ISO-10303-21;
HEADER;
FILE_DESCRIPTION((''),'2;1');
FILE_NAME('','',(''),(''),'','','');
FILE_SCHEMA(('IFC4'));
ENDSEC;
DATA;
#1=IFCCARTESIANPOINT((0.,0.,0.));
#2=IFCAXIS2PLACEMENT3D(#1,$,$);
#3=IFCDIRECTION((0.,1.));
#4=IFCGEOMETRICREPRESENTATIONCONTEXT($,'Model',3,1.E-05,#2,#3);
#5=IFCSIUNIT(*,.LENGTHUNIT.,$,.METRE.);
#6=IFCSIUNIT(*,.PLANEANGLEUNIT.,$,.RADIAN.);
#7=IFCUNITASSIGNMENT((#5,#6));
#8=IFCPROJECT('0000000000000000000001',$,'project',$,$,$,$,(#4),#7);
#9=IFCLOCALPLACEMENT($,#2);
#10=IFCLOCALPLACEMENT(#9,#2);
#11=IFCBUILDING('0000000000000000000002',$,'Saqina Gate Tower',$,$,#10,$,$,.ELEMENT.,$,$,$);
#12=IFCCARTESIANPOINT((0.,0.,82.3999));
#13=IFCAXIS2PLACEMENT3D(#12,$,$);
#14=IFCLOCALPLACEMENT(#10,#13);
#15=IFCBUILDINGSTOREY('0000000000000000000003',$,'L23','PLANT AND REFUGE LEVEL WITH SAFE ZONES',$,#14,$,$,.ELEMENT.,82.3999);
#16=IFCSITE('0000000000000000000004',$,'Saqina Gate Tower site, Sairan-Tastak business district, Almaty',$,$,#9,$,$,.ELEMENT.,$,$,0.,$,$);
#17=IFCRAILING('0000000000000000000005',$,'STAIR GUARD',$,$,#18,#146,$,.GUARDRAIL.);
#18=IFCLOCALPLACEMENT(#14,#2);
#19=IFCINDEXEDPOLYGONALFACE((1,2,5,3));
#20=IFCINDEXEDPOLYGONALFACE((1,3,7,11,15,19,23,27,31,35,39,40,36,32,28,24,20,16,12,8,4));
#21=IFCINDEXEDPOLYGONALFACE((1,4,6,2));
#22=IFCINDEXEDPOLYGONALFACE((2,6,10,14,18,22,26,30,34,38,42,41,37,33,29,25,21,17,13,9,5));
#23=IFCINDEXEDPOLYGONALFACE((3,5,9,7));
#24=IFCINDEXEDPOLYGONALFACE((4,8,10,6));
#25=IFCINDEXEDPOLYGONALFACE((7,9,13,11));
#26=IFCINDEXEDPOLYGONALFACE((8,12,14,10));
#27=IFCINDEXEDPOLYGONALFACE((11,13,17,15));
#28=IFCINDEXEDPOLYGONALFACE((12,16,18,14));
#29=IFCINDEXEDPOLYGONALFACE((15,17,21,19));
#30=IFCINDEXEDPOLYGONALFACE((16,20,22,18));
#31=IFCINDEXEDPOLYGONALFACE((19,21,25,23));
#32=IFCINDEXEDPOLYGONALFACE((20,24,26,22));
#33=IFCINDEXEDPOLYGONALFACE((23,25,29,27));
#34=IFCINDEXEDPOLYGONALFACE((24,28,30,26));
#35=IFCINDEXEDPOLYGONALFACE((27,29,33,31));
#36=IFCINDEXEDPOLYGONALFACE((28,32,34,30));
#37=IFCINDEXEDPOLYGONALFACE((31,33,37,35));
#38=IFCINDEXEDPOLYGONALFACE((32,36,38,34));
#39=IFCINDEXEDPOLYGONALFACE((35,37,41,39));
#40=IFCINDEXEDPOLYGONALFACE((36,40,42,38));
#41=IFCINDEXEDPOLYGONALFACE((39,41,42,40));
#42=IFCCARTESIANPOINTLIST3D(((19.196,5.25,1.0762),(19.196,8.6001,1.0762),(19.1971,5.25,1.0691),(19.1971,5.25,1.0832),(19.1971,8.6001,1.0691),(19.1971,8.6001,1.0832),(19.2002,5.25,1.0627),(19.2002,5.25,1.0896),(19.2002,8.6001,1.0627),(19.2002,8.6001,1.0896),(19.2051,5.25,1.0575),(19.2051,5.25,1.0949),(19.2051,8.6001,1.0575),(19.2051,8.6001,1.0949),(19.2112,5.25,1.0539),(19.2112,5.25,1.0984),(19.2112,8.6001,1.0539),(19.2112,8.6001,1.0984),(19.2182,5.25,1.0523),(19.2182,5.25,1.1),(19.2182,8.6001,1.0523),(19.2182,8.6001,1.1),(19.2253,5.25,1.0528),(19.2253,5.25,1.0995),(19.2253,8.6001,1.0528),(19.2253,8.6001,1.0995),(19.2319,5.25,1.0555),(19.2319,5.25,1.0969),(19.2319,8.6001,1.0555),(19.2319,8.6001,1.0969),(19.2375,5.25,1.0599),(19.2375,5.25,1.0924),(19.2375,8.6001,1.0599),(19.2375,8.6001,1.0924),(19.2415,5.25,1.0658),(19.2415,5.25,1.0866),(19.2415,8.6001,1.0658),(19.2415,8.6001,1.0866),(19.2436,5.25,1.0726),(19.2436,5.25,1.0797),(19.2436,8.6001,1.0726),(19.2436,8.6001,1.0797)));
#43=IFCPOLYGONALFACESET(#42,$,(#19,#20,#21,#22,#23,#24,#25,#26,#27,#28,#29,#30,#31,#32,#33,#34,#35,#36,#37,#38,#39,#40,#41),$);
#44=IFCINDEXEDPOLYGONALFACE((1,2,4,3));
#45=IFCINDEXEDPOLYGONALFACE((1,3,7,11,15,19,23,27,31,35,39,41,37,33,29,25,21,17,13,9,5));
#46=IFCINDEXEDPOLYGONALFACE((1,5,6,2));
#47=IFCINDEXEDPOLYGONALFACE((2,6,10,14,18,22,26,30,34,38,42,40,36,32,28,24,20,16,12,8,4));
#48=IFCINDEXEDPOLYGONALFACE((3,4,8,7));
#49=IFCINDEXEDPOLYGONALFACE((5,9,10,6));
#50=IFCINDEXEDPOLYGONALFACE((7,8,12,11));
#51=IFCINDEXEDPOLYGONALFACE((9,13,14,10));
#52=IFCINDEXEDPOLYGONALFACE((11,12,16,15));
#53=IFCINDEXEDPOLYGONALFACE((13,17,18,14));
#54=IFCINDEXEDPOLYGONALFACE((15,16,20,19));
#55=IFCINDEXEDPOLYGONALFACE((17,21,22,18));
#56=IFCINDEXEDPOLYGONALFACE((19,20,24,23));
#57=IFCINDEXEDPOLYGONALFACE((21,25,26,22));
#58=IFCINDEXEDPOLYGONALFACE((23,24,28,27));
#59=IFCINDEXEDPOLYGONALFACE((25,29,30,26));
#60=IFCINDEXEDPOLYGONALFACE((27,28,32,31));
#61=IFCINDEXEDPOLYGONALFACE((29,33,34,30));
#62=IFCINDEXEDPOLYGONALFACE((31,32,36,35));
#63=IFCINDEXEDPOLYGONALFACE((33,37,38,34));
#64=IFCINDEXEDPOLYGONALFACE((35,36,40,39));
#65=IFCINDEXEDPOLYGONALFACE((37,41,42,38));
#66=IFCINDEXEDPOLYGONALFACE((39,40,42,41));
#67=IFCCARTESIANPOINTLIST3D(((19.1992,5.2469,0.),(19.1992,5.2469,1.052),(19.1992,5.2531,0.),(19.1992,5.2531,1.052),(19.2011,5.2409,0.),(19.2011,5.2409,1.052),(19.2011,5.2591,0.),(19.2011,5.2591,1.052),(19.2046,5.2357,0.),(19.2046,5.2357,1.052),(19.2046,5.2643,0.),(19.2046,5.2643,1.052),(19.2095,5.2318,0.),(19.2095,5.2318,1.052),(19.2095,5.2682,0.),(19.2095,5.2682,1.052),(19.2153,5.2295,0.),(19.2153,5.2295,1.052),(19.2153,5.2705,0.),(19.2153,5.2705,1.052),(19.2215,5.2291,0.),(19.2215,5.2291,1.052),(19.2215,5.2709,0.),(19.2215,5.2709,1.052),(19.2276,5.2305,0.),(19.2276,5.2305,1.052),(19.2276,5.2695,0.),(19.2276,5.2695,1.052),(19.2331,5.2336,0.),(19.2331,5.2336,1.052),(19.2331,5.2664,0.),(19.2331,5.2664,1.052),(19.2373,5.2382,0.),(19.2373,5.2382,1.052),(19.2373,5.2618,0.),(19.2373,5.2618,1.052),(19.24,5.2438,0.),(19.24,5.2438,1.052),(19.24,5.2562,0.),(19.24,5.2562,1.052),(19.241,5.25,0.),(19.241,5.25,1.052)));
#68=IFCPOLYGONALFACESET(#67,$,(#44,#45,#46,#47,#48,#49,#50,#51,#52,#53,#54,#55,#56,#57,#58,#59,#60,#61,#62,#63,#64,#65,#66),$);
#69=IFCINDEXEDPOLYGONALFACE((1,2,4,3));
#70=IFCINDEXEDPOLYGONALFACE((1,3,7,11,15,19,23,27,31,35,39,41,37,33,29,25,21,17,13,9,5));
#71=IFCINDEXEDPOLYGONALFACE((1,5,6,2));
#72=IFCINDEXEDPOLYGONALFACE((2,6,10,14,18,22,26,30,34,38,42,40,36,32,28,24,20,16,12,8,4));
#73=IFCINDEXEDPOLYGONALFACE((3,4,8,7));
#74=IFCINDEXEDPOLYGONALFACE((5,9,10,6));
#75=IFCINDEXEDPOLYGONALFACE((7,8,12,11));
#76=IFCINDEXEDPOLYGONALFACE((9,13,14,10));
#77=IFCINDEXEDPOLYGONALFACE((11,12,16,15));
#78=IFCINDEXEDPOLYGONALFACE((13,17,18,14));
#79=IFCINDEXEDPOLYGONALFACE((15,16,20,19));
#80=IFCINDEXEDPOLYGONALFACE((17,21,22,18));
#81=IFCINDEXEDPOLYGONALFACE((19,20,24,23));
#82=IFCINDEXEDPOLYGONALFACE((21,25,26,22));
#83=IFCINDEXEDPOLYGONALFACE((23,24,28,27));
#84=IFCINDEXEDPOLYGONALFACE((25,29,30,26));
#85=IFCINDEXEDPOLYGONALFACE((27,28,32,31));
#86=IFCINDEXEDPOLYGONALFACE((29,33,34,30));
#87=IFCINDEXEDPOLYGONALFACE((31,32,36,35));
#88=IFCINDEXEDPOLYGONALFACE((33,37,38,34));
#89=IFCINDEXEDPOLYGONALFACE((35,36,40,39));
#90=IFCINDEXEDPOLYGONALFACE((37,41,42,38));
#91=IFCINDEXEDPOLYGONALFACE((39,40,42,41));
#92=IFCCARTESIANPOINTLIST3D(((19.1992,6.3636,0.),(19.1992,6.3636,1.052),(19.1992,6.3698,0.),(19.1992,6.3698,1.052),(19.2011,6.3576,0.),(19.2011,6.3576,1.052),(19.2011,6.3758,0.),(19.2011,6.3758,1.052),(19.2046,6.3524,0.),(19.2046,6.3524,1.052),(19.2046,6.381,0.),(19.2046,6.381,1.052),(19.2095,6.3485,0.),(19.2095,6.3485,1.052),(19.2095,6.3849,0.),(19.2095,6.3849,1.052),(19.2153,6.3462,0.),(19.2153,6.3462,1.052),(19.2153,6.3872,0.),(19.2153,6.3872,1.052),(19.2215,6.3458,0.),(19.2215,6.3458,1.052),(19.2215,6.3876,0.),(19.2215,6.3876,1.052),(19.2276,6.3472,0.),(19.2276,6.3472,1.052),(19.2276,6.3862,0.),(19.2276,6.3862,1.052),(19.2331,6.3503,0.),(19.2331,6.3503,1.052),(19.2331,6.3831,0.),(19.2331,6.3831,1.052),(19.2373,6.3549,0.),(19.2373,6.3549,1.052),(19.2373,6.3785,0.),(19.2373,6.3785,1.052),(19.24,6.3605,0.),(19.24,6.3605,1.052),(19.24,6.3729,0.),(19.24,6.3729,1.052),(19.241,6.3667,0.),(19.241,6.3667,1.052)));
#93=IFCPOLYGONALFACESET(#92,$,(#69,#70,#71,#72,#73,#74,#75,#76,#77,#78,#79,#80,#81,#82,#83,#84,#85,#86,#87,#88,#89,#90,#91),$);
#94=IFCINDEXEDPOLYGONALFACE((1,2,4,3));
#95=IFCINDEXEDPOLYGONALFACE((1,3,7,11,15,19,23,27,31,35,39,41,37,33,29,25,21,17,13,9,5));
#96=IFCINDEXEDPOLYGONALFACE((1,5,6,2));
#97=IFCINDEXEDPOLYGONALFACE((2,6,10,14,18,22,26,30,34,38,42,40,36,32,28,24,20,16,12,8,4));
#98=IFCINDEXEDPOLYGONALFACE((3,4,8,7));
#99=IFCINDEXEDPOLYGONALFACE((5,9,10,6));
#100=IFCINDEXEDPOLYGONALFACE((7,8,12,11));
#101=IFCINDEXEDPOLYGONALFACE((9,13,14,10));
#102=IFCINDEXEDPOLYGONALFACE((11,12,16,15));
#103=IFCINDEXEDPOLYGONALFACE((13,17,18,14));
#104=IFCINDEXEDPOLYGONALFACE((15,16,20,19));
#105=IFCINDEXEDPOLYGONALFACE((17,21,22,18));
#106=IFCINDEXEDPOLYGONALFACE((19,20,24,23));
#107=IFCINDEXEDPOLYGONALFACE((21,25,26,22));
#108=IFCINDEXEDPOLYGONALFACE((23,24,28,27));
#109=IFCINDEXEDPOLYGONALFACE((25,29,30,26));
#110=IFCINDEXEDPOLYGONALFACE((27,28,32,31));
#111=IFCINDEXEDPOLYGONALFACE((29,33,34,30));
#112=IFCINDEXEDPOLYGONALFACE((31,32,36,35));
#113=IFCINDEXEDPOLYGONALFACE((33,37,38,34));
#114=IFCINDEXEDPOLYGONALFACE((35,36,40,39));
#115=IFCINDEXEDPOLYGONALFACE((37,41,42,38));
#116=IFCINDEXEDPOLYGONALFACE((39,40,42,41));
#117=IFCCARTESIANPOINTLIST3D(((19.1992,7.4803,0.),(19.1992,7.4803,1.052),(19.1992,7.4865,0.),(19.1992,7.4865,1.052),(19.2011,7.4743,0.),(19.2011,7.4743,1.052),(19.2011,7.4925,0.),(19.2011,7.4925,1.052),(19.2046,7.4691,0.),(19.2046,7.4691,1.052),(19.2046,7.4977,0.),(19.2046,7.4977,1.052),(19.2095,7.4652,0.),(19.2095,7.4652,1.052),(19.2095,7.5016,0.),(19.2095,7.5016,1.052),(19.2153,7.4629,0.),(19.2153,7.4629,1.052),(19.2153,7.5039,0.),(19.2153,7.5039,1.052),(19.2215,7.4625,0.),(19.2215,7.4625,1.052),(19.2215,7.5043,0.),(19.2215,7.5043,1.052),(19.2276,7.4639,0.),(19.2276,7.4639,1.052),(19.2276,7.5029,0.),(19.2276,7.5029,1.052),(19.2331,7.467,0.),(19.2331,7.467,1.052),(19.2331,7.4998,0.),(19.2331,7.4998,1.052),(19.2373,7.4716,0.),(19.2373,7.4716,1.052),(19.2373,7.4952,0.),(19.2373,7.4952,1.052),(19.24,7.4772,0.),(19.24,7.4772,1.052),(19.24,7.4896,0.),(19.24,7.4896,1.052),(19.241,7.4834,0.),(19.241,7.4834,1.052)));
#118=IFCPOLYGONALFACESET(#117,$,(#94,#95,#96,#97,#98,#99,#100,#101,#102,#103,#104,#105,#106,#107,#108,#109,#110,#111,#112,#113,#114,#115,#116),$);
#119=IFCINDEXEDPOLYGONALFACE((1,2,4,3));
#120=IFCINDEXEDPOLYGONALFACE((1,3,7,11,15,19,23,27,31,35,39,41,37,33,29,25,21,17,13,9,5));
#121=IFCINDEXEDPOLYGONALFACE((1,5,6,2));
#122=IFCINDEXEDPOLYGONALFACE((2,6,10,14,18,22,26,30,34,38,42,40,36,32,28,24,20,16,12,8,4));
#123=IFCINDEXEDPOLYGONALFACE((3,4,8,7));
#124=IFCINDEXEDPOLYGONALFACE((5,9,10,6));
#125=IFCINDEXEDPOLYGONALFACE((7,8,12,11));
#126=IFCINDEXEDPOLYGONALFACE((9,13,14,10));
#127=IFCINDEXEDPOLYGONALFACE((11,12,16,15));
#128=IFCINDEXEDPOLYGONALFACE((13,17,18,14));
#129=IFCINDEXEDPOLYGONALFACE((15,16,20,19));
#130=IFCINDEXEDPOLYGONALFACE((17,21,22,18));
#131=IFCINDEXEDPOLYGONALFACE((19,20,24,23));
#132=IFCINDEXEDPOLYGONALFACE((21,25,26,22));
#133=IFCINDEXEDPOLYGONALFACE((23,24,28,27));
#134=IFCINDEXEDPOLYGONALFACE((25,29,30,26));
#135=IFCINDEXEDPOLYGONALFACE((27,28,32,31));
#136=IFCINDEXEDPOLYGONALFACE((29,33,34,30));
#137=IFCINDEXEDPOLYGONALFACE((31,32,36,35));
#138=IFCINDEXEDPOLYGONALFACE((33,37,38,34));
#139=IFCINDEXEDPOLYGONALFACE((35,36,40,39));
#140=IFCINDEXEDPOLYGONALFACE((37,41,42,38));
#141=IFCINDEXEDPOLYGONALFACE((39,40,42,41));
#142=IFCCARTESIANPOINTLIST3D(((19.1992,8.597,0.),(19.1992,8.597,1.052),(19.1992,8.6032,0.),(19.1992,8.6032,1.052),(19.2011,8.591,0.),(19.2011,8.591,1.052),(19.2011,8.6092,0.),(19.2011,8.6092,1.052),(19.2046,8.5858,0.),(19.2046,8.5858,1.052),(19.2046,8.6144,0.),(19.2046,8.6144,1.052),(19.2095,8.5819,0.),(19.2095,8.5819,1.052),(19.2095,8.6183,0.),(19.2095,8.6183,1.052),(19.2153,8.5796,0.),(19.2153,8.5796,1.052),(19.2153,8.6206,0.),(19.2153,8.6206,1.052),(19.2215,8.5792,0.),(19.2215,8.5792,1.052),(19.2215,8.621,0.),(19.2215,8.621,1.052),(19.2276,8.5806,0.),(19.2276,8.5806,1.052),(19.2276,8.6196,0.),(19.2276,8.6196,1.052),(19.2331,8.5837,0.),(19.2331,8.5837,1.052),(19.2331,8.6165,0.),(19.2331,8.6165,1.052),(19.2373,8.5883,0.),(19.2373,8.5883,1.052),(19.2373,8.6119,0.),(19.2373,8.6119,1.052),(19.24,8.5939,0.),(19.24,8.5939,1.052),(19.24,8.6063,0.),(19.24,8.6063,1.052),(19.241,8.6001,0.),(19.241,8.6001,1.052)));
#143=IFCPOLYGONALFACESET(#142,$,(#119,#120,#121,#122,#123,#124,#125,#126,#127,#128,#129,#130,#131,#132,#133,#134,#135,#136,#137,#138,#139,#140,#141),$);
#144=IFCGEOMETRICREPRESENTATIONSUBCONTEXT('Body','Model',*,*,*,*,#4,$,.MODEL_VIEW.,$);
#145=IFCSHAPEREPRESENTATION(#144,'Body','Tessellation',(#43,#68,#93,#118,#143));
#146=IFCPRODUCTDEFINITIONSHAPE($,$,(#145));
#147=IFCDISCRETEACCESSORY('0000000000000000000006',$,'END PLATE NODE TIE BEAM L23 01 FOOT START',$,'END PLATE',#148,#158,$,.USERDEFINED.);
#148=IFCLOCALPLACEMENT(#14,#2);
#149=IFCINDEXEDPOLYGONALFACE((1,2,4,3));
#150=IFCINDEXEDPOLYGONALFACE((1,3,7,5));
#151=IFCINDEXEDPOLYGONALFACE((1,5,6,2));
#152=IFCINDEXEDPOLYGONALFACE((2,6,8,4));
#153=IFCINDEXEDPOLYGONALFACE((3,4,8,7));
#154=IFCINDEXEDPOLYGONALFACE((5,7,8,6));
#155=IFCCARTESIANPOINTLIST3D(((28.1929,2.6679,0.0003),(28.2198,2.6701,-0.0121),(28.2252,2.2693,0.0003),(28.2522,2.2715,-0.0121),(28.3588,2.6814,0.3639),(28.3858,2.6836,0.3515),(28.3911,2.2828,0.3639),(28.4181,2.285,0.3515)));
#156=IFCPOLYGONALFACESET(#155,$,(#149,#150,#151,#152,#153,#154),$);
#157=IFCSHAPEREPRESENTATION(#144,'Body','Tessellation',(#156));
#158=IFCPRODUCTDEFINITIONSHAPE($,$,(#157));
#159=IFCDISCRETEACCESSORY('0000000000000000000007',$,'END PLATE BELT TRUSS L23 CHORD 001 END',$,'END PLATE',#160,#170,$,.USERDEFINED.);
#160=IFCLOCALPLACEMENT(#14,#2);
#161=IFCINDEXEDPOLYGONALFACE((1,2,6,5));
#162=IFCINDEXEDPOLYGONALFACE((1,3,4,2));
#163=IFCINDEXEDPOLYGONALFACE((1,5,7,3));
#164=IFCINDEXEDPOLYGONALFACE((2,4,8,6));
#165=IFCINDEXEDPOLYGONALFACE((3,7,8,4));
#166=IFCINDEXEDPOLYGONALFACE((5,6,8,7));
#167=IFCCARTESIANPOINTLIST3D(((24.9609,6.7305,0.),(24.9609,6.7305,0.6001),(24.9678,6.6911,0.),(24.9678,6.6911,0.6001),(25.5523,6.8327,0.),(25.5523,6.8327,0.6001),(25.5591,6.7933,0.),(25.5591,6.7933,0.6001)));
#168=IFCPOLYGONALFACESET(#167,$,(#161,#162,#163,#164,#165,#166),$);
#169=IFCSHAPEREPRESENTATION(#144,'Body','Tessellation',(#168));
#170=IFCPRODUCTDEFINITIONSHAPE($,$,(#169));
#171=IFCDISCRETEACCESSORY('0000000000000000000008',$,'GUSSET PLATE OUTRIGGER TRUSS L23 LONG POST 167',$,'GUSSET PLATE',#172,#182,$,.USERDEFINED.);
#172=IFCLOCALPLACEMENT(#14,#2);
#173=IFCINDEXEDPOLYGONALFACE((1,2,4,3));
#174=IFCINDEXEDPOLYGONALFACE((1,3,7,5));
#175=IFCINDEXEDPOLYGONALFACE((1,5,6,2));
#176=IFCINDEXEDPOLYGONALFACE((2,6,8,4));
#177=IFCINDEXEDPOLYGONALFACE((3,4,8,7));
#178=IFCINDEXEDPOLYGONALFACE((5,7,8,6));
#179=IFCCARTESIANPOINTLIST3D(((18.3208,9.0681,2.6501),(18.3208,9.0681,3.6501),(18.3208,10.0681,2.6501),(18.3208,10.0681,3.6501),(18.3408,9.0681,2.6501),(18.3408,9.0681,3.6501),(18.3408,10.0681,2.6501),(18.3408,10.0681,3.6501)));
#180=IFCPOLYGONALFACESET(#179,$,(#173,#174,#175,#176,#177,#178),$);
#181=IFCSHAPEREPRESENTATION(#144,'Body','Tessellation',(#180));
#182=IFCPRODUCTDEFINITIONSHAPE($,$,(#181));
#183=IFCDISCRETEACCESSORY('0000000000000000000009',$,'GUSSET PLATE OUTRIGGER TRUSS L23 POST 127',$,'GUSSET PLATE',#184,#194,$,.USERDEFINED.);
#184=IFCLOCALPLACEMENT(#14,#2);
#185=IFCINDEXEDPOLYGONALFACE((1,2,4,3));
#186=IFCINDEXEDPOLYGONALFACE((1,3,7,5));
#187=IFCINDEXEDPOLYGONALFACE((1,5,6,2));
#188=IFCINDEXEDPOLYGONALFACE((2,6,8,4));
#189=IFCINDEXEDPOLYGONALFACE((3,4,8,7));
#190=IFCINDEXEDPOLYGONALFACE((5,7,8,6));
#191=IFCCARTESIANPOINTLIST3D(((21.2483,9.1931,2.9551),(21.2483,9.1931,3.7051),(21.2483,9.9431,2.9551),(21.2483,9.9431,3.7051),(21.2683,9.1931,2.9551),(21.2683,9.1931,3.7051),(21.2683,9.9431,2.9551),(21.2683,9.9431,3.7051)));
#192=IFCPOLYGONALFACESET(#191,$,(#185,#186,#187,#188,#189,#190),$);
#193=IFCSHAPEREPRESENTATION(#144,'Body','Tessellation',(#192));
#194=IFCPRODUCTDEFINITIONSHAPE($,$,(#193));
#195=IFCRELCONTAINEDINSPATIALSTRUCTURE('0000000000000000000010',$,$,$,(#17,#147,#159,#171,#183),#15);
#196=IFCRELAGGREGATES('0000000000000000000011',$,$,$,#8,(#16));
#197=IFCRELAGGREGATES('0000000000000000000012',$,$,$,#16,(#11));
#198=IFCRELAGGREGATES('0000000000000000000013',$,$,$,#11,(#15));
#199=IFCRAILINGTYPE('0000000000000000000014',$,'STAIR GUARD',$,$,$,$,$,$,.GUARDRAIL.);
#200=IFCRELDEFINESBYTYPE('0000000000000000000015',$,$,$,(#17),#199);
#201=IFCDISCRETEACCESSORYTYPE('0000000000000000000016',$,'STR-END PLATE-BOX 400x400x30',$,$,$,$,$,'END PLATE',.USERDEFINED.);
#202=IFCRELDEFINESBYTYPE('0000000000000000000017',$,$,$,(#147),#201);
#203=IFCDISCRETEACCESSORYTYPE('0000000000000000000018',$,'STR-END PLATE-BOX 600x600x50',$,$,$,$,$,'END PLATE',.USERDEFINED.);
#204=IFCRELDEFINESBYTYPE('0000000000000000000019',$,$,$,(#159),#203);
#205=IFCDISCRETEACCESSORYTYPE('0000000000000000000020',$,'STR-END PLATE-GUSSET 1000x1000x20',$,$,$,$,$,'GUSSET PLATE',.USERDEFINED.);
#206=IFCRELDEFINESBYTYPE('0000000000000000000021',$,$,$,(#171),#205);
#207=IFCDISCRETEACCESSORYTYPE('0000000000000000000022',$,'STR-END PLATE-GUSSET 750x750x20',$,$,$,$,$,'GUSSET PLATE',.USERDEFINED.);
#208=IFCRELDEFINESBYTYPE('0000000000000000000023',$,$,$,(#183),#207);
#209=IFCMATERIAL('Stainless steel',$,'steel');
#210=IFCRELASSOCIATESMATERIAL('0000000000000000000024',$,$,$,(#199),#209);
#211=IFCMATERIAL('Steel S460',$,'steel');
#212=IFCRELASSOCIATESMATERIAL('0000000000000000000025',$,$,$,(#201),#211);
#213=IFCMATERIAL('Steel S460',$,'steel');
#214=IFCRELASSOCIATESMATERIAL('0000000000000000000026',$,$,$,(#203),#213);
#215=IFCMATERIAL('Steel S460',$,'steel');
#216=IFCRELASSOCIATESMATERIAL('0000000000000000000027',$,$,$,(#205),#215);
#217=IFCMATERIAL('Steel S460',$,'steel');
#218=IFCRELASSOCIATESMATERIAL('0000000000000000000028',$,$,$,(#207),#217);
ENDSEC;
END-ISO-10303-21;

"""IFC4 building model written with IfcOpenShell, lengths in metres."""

from ifc_helpers import new_model, si_unit, direction, frame, origin, origin_2d, place, context, subcontext, project, spatial, rectangle, circle, extrude, material, material_profile, profile_set, type_object, element, save


model = new_model("IFC4")

# Units and contexts
model_context = context("Model", 3, precision=1e-05, world=origin(), true_north=direction((0.0, 1.0)))
body_context = subcontext(model_context, "Body", "Model", "MODEL_VIEW")
ifc_project = project(units=[si_unit("LENGTHUNIT", "METRE"), si_unit("PLANEANGLEUNIT", "RADIAN")], contexts=[model_context])

# Site, building, storey
site_placement = place(None, origin())
site = spatial("IfcSite", under=ifc_project, at=site_placement, Name="Saqina Gate Tower site, Sairan-Tastak business district, Almaty", CompositionType="ELEMENT", RefElevation=0.0)
building_placement = place(site_placement, origin())
building = spatial("IfcBuilding", under=site, at=building_placement, Name="Saqina Gate Tower", CompositionType="ELEMENT")
storey_placement = place(building_placement, frame((0.0, 0.0, 82.3999)))
storey = spatial("IfcBuildingStorey", under=building, at=storey_placement, Name="L23", Description="PLANT AND REFUGE LEVEL WITH SAFE ZONES", CompositionType="ELEMENT", Elevation=82.3999)

# Railing
ifc_material_1 = material(Name="Stainless steel", Category="steel")
railing_type = type_object("IfcRailingType", Name="STAIR GUARD", PredefinedType="GUARDRAIL", material=ifc_material_1)
railing_placement = place(storey_placement, frame((19.22, 5.25, 0.0)))
element("IfcRailing", 1, at=railing_placement, inside=storey, type_object=railing_type, Name="STAIR GUARD", PredefinedType="GUARDRAIL", context=body_context, shape_type="SweptSolid", body=[
    extrude(circle(Radius=0.0239, at=origin_2d()), frame((0.0, 0.0, 1.0762), z_axis=(0.0, 1.0, 0.0), x_axis=(-1.0, 0.0, 0.0)), (0.0, 0.0, 1.0), 3.3501),
    extrude(circle(Radius=0.021, at=origin_2d()), origin(), (0.0, 0.0, 1.0), 1.052),
    extrude(circle(Radius=0.021, at=origin_2d()), frame((0.0, 1.1167, 0.0)), (0.0, 0.0, 1.0), 1.052),
    extrude(circle(Radius=0.021, at=origin_2d()), frame((0.0, 2.2334, 0.0)), (0.0, 0.0, 1.0), 1.052),
    extrude(circle(Radius=0.021, at=origin_2d()), frame((0.0, 3.3501, 0.0)), (0.0, 0.0, 1.0), 1.052),
])

# Discrete accessories
ifc_material_2 = material(Name="Steel S460", Category="steel")
ifc_material_profile_1 = material_profile(ifc_material_2, rectangle(XDim=0.3999, YDim=0.3999, at=origin_2d()), Name="STR-END PLATE-BOX 400x400x30")
ifc_profile_set_1 = profile_set([ifc_material_profile_1], Name="Steel S460")
discrete_accessory_type_1 = type_object("IfcDiscreteAccessoryType", Name="STR-END PLATE-BOX 400x400x30", ElementType="END PLATE", PredefinedType="USERDEFINED", material=ifc_profile_set_1)
discrete_accessory_1_placement = place(storey_placement, frame((28.292, 2.4753, 0.1821), z_axis=(0.906221, 0.073477, -0.416372), x_axis=(0.080815, -0.996729, -0.000001)))
element("IfcDiscreteAccessory", 2, at=discrete_accessory_1_placement, inside=storey, type_object=discrete_accessory_type_1, Name="END PLATE NODE TIE BEAM L23 01 FOOT START", ObjectType="END PLATE", PredefinedType="USERDEFINED", context=body_context, shape_type="SweptSolid", body=[
    extrude(rectangle(XDim=0.3999, YDim=0.3999, at=origin_2d()), origin(), (0.0, 0.0, 1.0), 0.0298),
])
ifc_material_3 = material(Name="Steel S460", Category="steel")
ifc_material_profile_2 = material_profile(ifc_material_3, rectangle(XDim=0.6001, YDim=0.6001, at=origin_2d()), Name="STR-END PLATE-BOX 600x600x50")
ifc_profile_set_2 = profile_set([ifc_material_profile_2], Name="Steel S460")
discrete_accessory_type_2 = type_object("IfcDiscreteAccessoryType", Name="STR-END PLATE-BOX 600x600x50", ElementType="END PLATE", PredefinedType="USERDEFINED", material=ifc_profile_set_2)
discrete_accessory_2_placement = place(storey_placement, frame((25.2634, 6.7422, 0.3), z_axis=(-0.170314, 0.98539, 0.0), x_axis=(-0.98539, -0.170314, 0.0)))
element("IfcDiscreteAccessory", 3, at=discrete_accessory_2_placement, inside=storey, type_object=discrete_accessory_type_2, Name="END PLATE BELT TRUSS L23 CHORD 001 END", ObjectType="END PLATE", PredefinedType="USERDEFINED", context=body_context, shape_type="SweptSolid", body=[
    extrude(rectangle(XDim=0.6001, YDim=0.6001, at=origin_2d()), origin(), (0.0, 0.0, 1.0), 0.04),
])
ifc_material_4 = material(Name="Steel S460", Category="steel")
ifc_material_profile_3 = material_profile(ifc_material_4, rectangle(XDim=1.0, YDim=1.0, at=origin_2d()), Name="STR-END PLATE-GUSSET 1000x1000x20")
ifc_profile_set_3 = profile_set([ifc_material_profile_3], Name="Steel S460")
discrete_accessory_type_3 = type_object("IfcDiscreteAccessoryType", Name="STR-END PLATE-GUSSET 1000x1000x20", ElementType="GUSSET PLATE", PredefinedType="USERDEFINED", material=ifc_profile_set_3)
discrete_accessory_3_placement = place(storey_placement, frame((18.3408, 9.5681, 3.1501), z_axis=(-1.0, 0.0, 0.0), x_axis=(0.0, -1.0, 0.0)))
element("IfcDiscreteAccessory", 4, at=discrete_accessory_3_placement, inside=storey, type_object=discrete_accessory_type_3, Name="GUSSET PLATE OUTRIGGER TRUSS L23 LONG POST 167", ObjectType="GUSSET PLATE", PredefinedType="USERDEFINED", context=body_context, shape_type="SweptSolid", body=[
    extrude(rectangle(XDim=1.0, YDim=1.0, at=origin_2d()), origin(), (0.0, 0.0, 1.0), 0.02),
])
ifc_material_5 = material(Name="Steel S460", Category="steel")
ifc_material_profile_4 = material_profile(ifc_material_5, rectangle(XDim=0.75, YDim=0.75, at=origin_2d()), Name="STR-END PLATE-GUSSET 750x750x20")
ifc_profile_set_4 = profile_set([ifc_material_profile_4], Name="Steel S460")
discrete_accessory_type_4 = type_object("IfcDiscreteAccessoryType", Name="STR-END PLATE-GUSSET 750x750x20", ElementType="GUSSET PLATE", PredefinedType="USERDEFINED", material=ifc_profile_set_4)
discrete_accessory_4_placement = place(storey_placement, frame((21.2683, 9.5681, 3.3301), z_axis=(-1.0, 0.0, 0.0), x_axis=(0.0, -1.0, 0.0)))
element("IfcDiscreteAccessory", 5, at=discrete_accessory_4_placement, inside=storey, type_object=discrete_accessory_type_4, Name="GUSSET PLATE OUTRIGGER TRUSS L23 POST 127", ObjectType="GUSSET PLATE", PredefinedType="USERDEFINED", context=body_context, shape_type="SweptSolid", body=[
    extrude(rectangle(XDim=0.75, YDim=0.75, at=origin_2d()), origin(), (0.0, 0.0, 1.0), 0.02),
])

save(model, "model.ifc")
